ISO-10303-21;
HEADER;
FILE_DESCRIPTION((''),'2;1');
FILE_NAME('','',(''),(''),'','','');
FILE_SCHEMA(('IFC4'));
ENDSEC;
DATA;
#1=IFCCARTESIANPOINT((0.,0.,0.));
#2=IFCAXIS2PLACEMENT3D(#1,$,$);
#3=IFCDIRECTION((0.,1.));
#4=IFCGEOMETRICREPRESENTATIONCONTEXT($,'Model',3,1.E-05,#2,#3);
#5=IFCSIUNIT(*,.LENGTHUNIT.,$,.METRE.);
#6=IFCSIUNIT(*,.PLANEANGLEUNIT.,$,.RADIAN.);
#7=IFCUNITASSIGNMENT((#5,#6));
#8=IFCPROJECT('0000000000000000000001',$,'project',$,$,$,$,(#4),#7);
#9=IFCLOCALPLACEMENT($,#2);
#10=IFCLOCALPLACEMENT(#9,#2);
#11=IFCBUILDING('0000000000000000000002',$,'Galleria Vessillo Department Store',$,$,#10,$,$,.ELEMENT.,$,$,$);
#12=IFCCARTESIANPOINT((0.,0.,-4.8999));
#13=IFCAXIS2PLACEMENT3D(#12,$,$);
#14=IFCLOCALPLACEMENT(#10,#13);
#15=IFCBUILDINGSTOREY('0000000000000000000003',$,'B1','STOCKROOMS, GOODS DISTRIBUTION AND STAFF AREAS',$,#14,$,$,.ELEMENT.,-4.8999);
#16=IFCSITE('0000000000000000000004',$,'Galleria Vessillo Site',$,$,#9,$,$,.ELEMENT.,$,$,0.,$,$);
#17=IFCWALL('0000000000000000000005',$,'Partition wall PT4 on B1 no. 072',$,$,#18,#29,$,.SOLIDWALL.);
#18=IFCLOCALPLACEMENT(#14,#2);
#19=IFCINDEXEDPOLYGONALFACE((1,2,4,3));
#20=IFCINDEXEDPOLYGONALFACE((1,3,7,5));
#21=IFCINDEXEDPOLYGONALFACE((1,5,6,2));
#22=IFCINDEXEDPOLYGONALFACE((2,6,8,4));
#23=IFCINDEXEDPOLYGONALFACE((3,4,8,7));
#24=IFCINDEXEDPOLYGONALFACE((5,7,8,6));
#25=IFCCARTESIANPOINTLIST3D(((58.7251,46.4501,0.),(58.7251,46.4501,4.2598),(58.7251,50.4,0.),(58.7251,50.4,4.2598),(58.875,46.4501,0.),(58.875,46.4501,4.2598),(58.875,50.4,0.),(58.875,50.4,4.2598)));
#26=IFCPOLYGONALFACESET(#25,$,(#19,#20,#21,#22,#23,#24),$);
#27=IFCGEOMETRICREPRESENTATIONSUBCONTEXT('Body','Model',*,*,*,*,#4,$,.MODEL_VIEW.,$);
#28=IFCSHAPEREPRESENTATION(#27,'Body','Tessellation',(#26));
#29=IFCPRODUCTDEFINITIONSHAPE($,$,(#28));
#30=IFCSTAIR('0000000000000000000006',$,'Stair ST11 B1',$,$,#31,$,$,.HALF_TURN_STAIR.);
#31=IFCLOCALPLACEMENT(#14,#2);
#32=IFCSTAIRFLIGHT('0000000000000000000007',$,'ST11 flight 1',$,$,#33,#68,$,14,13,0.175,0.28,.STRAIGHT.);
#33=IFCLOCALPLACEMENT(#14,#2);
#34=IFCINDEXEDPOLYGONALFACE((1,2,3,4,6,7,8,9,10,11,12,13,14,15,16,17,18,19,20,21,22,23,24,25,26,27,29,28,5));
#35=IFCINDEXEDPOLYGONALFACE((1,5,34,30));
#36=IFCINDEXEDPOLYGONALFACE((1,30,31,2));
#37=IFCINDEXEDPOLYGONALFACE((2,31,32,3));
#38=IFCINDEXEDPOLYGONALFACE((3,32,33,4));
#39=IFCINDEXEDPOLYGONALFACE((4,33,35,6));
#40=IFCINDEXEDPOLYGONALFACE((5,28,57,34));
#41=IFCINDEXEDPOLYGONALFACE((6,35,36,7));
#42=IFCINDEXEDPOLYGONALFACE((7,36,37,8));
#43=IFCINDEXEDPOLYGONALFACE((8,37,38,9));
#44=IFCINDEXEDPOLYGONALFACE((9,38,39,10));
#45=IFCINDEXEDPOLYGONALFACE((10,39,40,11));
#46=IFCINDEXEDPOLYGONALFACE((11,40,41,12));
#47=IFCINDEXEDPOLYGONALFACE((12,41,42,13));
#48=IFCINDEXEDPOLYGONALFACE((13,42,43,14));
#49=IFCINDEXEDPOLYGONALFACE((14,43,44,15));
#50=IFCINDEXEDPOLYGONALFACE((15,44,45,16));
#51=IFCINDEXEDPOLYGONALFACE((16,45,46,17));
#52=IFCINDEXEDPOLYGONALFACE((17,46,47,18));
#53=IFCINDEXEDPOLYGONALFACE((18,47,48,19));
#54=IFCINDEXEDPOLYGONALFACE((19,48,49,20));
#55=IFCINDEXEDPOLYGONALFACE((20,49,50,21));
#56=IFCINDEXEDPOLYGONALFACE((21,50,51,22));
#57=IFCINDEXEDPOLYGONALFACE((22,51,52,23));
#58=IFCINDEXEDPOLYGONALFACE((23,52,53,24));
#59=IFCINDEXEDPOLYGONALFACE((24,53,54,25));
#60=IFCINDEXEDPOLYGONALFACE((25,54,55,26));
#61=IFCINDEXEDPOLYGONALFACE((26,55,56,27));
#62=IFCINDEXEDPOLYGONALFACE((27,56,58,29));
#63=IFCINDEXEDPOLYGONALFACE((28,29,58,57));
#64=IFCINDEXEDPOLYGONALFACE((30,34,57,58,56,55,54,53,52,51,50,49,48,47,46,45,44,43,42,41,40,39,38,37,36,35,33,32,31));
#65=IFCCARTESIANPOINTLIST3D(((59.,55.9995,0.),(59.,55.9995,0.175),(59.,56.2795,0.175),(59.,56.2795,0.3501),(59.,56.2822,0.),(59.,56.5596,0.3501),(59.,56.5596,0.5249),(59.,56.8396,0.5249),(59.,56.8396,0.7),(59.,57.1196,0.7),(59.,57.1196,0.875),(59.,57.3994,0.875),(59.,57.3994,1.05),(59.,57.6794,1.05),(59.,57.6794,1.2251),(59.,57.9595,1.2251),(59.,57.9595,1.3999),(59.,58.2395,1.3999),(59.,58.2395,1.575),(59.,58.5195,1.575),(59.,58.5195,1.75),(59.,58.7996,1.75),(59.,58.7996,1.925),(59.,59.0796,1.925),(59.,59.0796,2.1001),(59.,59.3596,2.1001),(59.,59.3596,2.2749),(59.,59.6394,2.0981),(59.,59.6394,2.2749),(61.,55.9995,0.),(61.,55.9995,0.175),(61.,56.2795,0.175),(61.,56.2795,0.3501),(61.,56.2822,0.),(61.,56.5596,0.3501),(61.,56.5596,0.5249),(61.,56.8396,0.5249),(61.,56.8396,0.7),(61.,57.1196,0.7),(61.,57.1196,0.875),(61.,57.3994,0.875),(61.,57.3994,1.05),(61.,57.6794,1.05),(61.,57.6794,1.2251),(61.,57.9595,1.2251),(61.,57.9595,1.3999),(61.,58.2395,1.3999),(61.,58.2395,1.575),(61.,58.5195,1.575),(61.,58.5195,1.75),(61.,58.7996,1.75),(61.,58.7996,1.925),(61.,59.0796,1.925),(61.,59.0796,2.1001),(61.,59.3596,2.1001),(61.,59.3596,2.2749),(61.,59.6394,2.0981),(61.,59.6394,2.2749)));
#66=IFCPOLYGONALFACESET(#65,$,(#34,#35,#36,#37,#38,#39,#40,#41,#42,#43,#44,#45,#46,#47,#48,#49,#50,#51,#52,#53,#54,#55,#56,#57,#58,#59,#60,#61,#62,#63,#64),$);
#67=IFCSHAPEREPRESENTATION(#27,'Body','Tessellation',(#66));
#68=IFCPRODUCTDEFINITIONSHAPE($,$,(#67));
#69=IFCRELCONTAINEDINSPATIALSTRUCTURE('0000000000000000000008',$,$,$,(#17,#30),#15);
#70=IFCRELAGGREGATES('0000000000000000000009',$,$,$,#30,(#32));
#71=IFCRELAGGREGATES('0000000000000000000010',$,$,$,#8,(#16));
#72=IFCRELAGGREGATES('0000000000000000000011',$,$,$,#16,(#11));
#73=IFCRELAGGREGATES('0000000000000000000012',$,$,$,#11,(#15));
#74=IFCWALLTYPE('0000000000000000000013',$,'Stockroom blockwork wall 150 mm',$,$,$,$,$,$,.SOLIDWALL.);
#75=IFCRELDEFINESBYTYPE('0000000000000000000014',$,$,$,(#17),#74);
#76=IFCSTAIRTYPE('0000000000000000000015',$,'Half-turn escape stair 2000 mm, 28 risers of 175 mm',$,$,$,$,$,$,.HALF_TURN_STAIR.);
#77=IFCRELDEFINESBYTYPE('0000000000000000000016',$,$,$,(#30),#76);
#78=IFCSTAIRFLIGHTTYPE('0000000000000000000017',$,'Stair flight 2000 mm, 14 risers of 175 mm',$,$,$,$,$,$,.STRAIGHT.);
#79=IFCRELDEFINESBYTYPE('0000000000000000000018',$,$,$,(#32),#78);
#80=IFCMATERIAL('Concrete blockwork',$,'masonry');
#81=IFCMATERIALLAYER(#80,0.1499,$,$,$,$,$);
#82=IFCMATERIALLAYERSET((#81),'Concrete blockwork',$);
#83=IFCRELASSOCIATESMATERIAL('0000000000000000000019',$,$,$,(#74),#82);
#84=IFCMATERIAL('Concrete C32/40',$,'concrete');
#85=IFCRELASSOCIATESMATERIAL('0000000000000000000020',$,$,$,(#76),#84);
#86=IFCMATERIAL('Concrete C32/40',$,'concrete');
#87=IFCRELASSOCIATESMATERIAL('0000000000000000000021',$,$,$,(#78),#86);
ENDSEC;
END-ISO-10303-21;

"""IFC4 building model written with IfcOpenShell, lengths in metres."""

from ifc_helpers import new_model, si_unit, direction, frame, frame_2d, origin, place, context, subcontext, project, spatial, polyline, rectangle, outline, extrude, material, layer, layer_set, type_object, element, aggregate, save


model = new_model("IFC4")

# Units and contexts
model_context = context("Model", 3, precision=1e-05, world=origin(), true_north=direction((0.0, 1.0)))
body_context = subcontext(model_context, "Body", "Model", "MODEL_VIEW")
ifc_project = project(units=[si_unit("LENGTHUNIT", "METRE"), si_unit("PLANEANGLEUNIT", "RADIAN")], contexts=[model_context])

# Site, building, storey
site_placement = place(None, origin())
site = spatial("IfcSite", under=ifc_project, at=site_placement, Name="Galleria Vessillo Site", CompositionType="ELEMENT", RefElevation=0.0)
building_placement = place(site_placement, origin())
building = spatial("IfcBuilding", under=site, at=building_placement, Name="Galleria Vessillo Department Store", CompositionType="ELEMENT")
storey_placement = place(building_placement, frame((0.0, 0.0, -4.8999)))
storey = spatial("IfcBuildingStorey", under=building, at=storey_placement, Name="B1", Description="STOCKROOMS, GOODS DISTRIBUTION AND STAFF AREAS", CompositionType="ELEMENT", Elevation=-4.8999)

# Shared definitions
ifc_material_1 = material(Name="Concrete blockwork", Category="masonry")
ifc_layer_1 = layer(ifc_material_1, 0.1499)
ifc_layer_set_1 = layer_set([ifc_layer_1], Name="Concrete blockwork")
wall_type_1 = type_object("IfcWallType", Name="Stockroom blockwork wall 150 mm", PredefinedType="SOLIDWALL", material=ifc_layer_set_1)

# Wall
wall_1_placement = place(storey_placement, frame((58.8, 46.45, 0.0), z_axis=(0.0, 0.0, 1.0), x_axis=(0.0, 1.0, 0.0)))
element("IfcWall", 1, at=wall_1_placement, inside=storey, type_object=wall_type_1, Name="Partition wall PT4 on B1 no. 072", PredefinedType="SOLIDWALL", context=body_context, shape_type="SweptSolid", body=[
    extrude(rectangle(XDim=3.95, YDim=0.1499, at=frame_2d((1.9751, 0.0))), origin(), (0.0, 0.0, 1.0), 4.2598),
])

# Stair, stair flight
ifc_material_2 = material(Name="Concrete C32/40", Category="concrete")
stair_type = type_object("IfcStairType", Name="Half-turn escape stair 2000 mm, 28 risers of 175 mm", PredefinedType="HALF_TURN_STAIR", material=ifc_material_2)
stair_placement = place(storey_placement, origin())
stair = element("IfcStair", 2, at=stair_placement, inside=storey, type_object=stair_type, Name="Stair ST11 B1", PredefinedType="HALF_TURN_STAIR")
ifc_material_3 = material(Name="Concrete C32/40", Category="concrete")
stair_flight_type = type_object("IfcStairFlightType", Name="Stair flight 2000 mm, 14 risers of 175 mm", PredefinedType="STRAIGHT", material=ifc_material_3)
stair_flight_placement = place(storey_placement, frame((60.0, 55.9995, 0.0), z_axis=(0.0, 0.0, 1.0), x_axis=(0.0, 1.0, 0.0)))
stair_flight = element("IfcStairFlight", 3, at=stair_flight_placement, type_object=stair_flight_type, Name="ST11 flight 1", NumberOfRisers=14, NumberOfTreads=13, PredefinedType="STRAIGHT", RiserHeight=0.175, TreadLength=0.28, context=body_context, shape_type="SweptSolid", body=[
    extrude(outline(polyline([(0.0, 0.0), (0.0, 0.175), (0.28, 0.175), (0.28, 0.3501), (0.5601, 0.3501), (0.5601, 0.5249), (0.8401, 0.5249), (0.8401, 0.7), (1.1201, 0.7), (1.1201, 0.875), (1.3999, 0.875), (1.3999, 1.05), (1.6799, 1.05), (1.6799, 1.2251), (1.96, 1.2251), (1.96, 1.3999), (2.24, 1.3999), (2.24, 1.575), (2.52, 1.575), (2.52, 1.75), (2.8, 1.75), (2.8, 1.925), (3.0801, 1.925), (3.0801, 2.1001), (3.3601, 2.1001), (3.3601, 2.2749), (3.6399, 2.2749), (3.6399, 2.45), (3.6399, 2.0981), (0.2827, 0.0), (0.0, 0.0)])), frame((0.0, 1.0, 0.0), z_axis=(0.0, -1.0, 0.0), x_axis=(1.0, 0.0, 0.0)), (0.0, 0.0, 1.0), 2.0),
])
aggregate(stair, [stair_flight])

save(model, "model.ifc")
